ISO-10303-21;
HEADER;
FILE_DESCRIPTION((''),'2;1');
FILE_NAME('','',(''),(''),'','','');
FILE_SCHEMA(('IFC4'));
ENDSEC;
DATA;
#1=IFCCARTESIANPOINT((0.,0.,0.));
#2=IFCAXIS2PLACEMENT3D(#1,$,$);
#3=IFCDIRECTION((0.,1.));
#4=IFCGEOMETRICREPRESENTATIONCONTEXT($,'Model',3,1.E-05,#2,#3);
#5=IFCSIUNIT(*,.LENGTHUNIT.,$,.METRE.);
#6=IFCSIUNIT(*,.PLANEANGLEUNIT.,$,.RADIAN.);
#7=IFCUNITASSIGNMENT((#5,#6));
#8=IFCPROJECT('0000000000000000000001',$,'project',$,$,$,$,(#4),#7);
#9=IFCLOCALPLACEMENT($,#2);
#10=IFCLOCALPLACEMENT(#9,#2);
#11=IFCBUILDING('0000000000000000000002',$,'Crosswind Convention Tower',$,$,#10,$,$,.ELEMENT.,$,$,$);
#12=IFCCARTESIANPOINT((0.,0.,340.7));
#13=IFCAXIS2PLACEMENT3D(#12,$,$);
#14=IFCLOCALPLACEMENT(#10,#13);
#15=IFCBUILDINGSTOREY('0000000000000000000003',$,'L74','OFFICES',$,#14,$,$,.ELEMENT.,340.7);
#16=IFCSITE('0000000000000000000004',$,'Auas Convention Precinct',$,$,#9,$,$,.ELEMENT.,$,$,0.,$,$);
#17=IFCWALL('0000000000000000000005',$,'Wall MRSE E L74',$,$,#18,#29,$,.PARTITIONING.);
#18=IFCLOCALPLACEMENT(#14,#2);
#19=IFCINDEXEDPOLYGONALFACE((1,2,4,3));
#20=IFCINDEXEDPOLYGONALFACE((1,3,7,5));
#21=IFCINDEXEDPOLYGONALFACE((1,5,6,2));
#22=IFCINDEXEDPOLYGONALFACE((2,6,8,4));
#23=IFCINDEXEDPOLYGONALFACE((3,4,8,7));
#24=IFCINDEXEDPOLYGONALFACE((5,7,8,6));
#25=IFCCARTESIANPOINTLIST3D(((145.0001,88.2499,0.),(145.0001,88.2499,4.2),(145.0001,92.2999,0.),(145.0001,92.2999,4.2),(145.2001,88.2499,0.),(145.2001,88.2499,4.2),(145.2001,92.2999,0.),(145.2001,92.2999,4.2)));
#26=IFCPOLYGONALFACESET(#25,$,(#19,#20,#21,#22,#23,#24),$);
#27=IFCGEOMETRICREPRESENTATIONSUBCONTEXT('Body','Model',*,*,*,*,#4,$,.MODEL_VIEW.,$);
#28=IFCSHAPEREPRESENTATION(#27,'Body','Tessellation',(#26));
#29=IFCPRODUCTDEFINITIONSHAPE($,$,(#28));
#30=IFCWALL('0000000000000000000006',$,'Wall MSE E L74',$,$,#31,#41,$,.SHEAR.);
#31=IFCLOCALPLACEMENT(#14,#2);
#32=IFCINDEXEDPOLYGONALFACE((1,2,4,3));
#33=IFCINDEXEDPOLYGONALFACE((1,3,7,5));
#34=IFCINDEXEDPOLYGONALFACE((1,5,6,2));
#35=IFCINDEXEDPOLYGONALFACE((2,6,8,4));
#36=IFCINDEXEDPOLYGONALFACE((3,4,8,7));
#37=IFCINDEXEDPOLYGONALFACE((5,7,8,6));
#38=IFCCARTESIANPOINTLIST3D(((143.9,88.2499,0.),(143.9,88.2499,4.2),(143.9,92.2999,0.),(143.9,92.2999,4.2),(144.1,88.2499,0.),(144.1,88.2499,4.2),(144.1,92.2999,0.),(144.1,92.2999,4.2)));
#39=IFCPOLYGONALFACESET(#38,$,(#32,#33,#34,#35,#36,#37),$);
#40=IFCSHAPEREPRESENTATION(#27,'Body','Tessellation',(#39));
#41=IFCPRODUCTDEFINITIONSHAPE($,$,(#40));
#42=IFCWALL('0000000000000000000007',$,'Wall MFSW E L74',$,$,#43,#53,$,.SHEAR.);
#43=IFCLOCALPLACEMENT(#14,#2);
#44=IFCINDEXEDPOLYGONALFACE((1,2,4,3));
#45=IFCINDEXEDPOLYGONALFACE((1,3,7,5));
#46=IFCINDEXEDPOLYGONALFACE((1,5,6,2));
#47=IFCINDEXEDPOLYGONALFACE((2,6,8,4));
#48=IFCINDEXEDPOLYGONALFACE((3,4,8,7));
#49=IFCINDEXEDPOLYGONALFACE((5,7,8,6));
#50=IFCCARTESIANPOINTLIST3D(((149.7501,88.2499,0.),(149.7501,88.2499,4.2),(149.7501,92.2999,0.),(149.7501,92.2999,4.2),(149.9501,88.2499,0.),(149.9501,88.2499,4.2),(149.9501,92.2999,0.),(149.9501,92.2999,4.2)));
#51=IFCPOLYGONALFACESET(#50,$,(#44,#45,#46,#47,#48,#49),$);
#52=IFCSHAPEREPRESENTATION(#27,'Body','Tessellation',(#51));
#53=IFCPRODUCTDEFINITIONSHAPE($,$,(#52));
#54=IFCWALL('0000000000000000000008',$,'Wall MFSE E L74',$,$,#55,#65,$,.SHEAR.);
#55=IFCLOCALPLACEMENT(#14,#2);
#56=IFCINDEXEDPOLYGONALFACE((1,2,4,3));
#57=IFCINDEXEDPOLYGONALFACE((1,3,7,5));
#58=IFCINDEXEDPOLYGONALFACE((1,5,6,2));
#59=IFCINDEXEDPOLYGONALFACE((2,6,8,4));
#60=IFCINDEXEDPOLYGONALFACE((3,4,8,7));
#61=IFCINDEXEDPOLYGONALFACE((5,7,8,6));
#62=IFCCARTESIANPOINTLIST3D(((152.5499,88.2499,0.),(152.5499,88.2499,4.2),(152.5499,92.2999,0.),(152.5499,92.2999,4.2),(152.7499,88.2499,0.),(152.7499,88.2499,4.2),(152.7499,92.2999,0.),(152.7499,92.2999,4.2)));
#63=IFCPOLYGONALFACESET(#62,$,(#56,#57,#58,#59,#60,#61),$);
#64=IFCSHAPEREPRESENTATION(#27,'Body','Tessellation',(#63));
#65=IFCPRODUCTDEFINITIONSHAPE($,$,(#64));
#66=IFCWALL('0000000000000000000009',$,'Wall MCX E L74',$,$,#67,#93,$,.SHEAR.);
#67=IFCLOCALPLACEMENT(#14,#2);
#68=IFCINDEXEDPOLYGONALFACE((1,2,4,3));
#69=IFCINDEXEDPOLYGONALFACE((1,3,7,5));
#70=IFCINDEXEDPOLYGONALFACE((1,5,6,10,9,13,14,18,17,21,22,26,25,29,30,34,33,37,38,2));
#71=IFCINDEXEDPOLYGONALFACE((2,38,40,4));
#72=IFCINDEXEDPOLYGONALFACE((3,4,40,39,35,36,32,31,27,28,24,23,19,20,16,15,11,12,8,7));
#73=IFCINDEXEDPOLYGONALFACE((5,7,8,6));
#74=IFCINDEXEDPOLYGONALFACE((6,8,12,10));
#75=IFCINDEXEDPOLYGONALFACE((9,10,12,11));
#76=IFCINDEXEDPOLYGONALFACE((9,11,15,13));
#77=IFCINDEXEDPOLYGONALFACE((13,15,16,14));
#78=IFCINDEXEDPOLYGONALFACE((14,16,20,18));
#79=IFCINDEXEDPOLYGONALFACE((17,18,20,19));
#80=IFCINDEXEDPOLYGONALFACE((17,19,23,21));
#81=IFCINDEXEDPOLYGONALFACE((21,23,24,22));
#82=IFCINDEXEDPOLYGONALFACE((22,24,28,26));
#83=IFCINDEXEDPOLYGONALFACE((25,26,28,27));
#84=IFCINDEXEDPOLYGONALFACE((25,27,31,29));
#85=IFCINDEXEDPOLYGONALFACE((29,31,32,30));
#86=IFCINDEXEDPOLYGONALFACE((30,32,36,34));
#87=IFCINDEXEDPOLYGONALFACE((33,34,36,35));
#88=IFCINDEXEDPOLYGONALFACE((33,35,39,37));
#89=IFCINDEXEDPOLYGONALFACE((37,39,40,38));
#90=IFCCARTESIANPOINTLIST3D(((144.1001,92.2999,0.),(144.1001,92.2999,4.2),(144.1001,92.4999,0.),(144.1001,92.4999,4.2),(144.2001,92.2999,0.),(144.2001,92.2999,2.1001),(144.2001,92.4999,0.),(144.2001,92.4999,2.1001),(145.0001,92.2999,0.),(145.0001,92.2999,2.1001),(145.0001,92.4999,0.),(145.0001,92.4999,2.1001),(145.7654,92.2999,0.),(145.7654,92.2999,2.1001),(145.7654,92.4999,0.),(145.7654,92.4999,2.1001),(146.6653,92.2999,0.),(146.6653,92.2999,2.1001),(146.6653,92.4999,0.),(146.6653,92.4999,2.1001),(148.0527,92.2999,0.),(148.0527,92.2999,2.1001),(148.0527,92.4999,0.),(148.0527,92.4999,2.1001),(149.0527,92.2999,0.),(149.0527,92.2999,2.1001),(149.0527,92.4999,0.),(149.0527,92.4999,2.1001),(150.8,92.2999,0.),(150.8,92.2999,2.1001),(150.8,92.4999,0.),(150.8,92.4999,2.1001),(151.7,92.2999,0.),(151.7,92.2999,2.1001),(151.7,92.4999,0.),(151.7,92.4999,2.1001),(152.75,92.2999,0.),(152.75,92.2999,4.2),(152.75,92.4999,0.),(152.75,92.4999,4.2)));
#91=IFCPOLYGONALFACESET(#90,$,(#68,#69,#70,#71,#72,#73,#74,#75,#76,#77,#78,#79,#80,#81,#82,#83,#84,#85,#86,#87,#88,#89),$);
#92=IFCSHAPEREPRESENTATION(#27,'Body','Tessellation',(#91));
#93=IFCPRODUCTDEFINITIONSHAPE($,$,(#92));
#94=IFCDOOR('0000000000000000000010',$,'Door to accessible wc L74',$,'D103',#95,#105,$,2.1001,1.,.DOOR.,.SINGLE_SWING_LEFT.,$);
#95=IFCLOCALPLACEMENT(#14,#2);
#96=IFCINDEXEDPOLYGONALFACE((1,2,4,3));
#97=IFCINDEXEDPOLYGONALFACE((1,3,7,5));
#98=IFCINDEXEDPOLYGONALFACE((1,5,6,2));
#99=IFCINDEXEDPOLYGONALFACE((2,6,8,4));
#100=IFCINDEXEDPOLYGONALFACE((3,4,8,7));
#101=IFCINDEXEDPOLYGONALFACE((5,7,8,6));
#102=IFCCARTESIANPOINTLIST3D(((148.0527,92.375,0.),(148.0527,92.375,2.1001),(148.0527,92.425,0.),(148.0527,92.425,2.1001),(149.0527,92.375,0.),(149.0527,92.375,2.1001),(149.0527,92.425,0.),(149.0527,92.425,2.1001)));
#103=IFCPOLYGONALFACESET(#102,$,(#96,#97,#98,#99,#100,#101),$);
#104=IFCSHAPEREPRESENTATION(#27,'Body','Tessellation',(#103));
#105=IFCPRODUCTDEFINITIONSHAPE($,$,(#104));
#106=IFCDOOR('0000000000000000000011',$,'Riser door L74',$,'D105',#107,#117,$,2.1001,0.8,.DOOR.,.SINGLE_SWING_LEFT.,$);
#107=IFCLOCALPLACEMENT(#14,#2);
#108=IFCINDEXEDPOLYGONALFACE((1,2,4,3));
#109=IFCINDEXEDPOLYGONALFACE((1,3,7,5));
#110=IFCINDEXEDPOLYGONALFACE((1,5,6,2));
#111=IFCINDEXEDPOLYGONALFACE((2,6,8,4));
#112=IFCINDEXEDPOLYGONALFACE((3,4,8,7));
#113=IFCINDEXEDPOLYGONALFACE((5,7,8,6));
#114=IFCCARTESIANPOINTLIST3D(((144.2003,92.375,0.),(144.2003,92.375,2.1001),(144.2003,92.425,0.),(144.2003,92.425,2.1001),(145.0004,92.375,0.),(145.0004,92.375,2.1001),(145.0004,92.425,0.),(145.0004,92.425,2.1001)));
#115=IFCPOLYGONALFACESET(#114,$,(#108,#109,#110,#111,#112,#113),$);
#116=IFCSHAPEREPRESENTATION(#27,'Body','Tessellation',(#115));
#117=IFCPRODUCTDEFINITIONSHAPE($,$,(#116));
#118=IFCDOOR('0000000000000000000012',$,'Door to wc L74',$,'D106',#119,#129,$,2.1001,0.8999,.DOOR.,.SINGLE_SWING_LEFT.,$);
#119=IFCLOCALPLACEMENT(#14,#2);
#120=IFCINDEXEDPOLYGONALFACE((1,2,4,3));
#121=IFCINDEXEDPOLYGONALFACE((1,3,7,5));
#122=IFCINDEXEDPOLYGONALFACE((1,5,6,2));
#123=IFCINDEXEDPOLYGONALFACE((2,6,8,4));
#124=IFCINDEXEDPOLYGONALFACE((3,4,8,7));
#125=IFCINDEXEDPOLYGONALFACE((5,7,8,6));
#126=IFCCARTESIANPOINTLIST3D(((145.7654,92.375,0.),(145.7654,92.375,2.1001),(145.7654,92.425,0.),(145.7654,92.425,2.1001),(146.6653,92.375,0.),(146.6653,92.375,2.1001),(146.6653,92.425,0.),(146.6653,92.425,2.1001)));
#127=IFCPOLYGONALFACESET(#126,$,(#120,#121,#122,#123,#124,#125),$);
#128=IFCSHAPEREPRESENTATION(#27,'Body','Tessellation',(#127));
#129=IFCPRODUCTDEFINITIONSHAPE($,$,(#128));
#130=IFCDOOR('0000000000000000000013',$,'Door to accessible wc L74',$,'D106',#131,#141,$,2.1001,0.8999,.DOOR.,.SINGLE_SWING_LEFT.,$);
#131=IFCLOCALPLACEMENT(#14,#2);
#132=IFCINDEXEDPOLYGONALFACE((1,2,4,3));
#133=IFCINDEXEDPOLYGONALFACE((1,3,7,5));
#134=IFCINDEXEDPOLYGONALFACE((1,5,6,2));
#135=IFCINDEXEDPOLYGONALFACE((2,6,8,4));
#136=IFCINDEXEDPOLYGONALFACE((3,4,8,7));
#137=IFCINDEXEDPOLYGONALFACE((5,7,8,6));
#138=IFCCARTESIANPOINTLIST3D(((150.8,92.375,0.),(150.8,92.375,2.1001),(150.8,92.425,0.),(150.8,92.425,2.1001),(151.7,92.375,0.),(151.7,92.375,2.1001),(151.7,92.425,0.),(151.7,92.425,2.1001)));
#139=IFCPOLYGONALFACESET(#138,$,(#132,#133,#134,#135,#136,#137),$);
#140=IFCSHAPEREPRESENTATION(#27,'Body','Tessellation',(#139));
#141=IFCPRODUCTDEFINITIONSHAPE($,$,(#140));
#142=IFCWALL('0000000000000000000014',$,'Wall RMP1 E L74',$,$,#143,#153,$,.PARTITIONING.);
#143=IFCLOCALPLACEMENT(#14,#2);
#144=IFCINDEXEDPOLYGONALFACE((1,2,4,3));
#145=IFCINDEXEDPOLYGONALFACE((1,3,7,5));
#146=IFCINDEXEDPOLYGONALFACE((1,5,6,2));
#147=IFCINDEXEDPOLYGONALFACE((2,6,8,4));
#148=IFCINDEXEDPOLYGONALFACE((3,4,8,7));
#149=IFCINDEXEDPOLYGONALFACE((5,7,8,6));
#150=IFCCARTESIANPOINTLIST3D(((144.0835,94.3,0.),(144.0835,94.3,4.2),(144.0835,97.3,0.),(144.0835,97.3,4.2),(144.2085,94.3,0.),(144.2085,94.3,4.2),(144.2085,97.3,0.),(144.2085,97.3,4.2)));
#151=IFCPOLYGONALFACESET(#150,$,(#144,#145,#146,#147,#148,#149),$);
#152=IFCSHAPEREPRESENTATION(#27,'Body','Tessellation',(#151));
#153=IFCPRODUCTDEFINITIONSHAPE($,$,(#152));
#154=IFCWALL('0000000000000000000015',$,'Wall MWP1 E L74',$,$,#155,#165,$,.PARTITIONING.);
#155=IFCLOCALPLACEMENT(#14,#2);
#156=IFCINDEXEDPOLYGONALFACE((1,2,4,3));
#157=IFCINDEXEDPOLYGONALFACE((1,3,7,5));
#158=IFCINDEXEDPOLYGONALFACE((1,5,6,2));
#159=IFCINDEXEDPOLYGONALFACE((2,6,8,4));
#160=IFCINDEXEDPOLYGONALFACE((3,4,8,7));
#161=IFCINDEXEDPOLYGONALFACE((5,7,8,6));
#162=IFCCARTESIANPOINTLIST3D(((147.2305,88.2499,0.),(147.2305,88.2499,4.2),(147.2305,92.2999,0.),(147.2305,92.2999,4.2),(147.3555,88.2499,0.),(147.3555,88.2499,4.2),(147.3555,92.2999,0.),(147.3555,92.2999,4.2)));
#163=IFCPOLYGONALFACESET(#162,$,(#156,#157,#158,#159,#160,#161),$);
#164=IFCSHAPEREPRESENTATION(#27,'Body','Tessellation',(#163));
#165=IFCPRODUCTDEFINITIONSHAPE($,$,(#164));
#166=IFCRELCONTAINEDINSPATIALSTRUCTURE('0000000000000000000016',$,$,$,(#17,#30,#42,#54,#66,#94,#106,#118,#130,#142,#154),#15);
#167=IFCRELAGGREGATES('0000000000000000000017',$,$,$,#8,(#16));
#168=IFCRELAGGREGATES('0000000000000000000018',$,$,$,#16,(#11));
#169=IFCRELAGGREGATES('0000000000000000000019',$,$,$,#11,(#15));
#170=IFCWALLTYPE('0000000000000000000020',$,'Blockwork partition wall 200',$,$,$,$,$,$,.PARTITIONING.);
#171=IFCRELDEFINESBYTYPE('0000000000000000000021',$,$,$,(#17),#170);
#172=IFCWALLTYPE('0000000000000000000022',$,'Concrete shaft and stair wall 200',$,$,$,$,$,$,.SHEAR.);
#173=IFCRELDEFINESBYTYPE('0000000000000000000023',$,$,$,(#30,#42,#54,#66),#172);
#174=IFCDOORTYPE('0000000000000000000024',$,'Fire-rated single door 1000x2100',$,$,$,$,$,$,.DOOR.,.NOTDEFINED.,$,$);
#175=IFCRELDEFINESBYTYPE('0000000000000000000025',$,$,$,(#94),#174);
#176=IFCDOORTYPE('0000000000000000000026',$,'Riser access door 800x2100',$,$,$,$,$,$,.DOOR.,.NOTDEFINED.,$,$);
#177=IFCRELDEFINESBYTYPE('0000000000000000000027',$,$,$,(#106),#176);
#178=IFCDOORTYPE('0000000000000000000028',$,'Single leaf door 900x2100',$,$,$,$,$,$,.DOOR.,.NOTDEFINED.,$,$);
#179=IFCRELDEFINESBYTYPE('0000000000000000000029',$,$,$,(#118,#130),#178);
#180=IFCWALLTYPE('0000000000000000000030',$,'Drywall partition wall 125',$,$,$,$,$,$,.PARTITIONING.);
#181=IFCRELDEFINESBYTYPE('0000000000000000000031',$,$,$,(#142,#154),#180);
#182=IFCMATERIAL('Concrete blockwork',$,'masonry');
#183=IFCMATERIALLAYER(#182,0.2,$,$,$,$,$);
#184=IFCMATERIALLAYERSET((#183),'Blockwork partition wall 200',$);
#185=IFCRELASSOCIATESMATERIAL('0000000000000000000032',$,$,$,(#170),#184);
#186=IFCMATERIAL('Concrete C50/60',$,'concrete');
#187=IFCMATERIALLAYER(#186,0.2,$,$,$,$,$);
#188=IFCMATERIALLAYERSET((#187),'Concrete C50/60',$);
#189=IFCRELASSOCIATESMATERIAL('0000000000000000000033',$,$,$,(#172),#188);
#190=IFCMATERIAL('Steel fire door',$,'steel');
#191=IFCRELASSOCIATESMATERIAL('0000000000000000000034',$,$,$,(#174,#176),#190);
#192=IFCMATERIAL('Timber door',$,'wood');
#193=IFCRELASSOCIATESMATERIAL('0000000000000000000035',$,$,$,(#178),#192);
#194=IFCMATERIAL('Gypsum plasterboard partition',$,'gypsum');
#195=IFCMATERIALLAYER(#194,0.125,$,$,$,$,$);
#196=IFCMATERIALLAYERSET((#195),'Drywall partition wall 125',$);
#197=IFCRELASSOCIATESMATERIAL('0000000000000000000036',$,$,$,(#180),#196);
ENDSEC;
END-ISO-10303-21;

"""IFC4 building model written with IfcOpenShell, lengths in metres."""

from ifc_helpers import new_model, si_unit, direction, frame, frame_2d, origin, place, context, subcontext, project, spatial, rectangle, extrude, material, layer, layer_set, type_object, element, fill, save


model = new_model("IFC4")

# Units and contexts
model_context = context("Model", 3, precision=1e-05, world=origin(), true_north=direction((0.0, 1.0)))
body_context = subcontext(model_context, "Body", "Model", "MODEL_VIEW")
ifc_project = project(units=[si_unit("LENGTHUNIT", "METRE"), si_unit("PLANEANGLEUNIT", "RADIAN")], contexts=[model_context])

# Site, building, storey
site_placement = place(None, origin())
site = spatial("IfcSite", under=ifc_project, at=site_placement, Name="Auas Convention Precinct", CompositionType="ELEMENT", RefElevation=0.0)
building_placement = place(site_placement, origin())
building = spatial("IfcBuilding", under=site, at=building_placement, Name="Crosswind Convention Tower", CompositionType="ELEMENT")
storey_placement = place(building_placement, frame((0.0, 0.0, 340.7)))
storey = spatial("IfcBuildingStorey", under=building, at=storey_placement, Name="L74", Description="OFFICES", CompositionType="ELEMENT", Elevation=340.7)

# Walls
ifc_material_1 = material(Name="Concrete blockwork", Category="masonry")
ifc_layer_1 = layer(ifc_material_1, 0.2)
ifc_layer_set_1 = layer_set([ifc_layer_1], Name="Blockwork partition wall 200")
wall_type_1 = type_object("IfcWallType", Name="Blockwork partition wall 200", PredefinedType="PARTITIONING", material=ifc_layer_set_1)
wall_1_placement = place(storey_placement, frame((145.1001, 88.25, 0.0), z_axis=(0.0, 0.0, 1.0), x_axis=(0.0, 1.0, 0.0)))
element("IfcWall", 1, at=wall_1_placement, inside=storey, type_object=wall_type_1, Name="Wall MRSE E L74", PredefinedType="PARTITIONING", context=body_context, shape_type="SweptSolid", body=[
    extrude(rectangle(XDim=4.05, YDim=0.2, at=frame_2d((2.0249, 0.0))), origin(), (0.0, 0.0, 1.0), 4.2),
])
ifc_material_2 = material(Name="Concrete C50/60", Category="concrete")
ifc_layer_2 = layer(ifc_material_2, 0.2)
ifc_layer_set_2 = layer_set([ifc_layer_2], Name="Concrete C50/60")
wall_type_2 = type_object("IfcWallType", Name="Concrete shaft and stair wall 200", PredefinedType="SHEAR", material=ifc_layer_set_2)
for number, where, z_axis, x_axis, name in (
    (2, (144.0, 88.25, 0.0), (0.0, 0.0, 1.0), (0.0, 1.0, 0.0), "Wall MSE E L74"),
    (3, (149.8501, 88.25, 0.0), (0.0, 0.0, 1.0), (0.0, 1.0, 0.0), "Wall MFSW E L74"),
    (4, (152.6499, 88.25, 0.0), (0.0, 0.0, 1.0), (0.0, 1.0, 0.0), "Wall MFSE E L74"),
):
    element("IfcWall", number, at=place(storey_placement, frame(where, z_axis=z_axis, x_axis=x_axis)), inside=storey, type_object=wall_type_2, Name=name, PredefinedType="SHEAR", context=body_context, shape_type="SweptSolid", body=[
        extrude(rectangle(XDim=4.05, YDim=0.2, at=frame_2d((2.0249, 0.0))), origin(), (0.0, 0.0, 1.0), 4.2),
    ])

# Wall, openings, doors
wall_2_placement = place(storey_placement, frame((144.1001, 92.3999, 0.0), z_axis=(0.0, 0.0, 1.0), x_axis=(1.0, 0.0, 0.0)))
wall_2 = element("IfcWall", 5, at=wall_2_placement, inside=storey, type_object=wall_type_2, Name="Wall MCX E L74", PredefinedType="SHEAR", context=body_context, shape_type="SweptSolid", body=[
    extrude(rectangle(XDim=8.6499, YDim=0.2, at=frame_2d((4.325, 0.0))), origin(), (0.0, 0.0, 1.0), 4.2),
])
opening_1_placement = place(wall_2_placement, frame((0.1001, 0.0, 0.0)))
opening_1 = element("IfcOpeningElement", 6, at=opening_1_placement, cuts=wall_2, PredefinedType="OPENING", context=body_context, shape_type="SweptSolid", body=[
    extrude(rectangle(XDim=0.8, YDim=2.1001, at=frame_2d((0.3999, 1.05))), frame((0.0, 0.1099, 0.0), z_axis=(0.0, -1.0, 0.0), x_axis=(1.0, 0.0, 0.0)), (0.0, 0.0, 1.0), 0.22),
])
opening_2_placement = place(wall_2_placement, frame((1.6653, 0.0, 0.0)))
opening_2 = element("IfcOpeningElement", 7, at=opening_2_placement, cuts=wall_2, PredefinedType="OPENING", context=body_context, shape_type="SweptSolid", body=[
    extrude(rectangle(XDim=0.8999, YDim=2.1001, at=frame_2d((0.45, 1.05))), frame((0.0, 0.1099, 0.0), z_axis=(0.0, -1.0, 0.0), x_axis=(1.0, 0.0, 0.0)), (0.0, 0.0, 1.0), 0.22),
])
opening_3_placement = place(wall_2_placement, frame((3.9526, 0.0, 0.0)))
opening_3 = element("IfcOpeningElement", 8, at=opening_3_placement, cuts=wall_2, PredefinedType="OPENING", context=body_context, shape_type="SweptSolid", body=[
    extrude(rectangle(XDim=1.0, YDim=2.1001, at=frame_2d((0.5, 1.05))), frame((0.0, 0.1099, 0.0), z_axis=(0.0, -1.0, 0.0), x_axis=(1.0, 0.0, 0.0)), (0.0, 0.0, 1.0), 0.22),
])
opening_4_placement = place(wall_2_placement, frame((6.7, 0.0, 0.0)))
opening_4 = element("IfcOpeningElement", 9, at=opening_4_placement, cuts=wall_2, PredefinedType="OPENING", context=body_context, shape_type="SweptSolid", body=[
    extrude(rectangle(XDim=0.8999, YDim=2.1001, at=frame_2d((0.45, 1.05))), frame((0.0, 0.1099, 0.0), z_axis=(0.0, -1.0, 0.0), x_axis=(1.0, 0.0, 0.0)), (0.0, 0.0, 1.0), 0.22),
])
ifc_material_3 = material(Name="Steel fire door", Category="steel")
door_type_1 = type_object("IfcDoorType", Name="Fire-rated single door 1000x2100", OperationType="NOTDEFINED", PredefinedType="DOOR", material=ifc_material_3)
door_1_placement = place(opening_3_placement, frame((1.0, 0.0, 0.0), z_axis=(0.0, 0.0, 1.0), x_axis=(-1.0, 0.0, 0.0)))
door_1 = element("IfcDoor", 10, at=door_1_placement, inside=storey, type_object=door_type_1, Name="Door to accessible wc L74", ObjectType="D103", OperationType="SINGLE_SWING_LEFT", OverallHeight=2.1001, OverallWidth=1.0, PredefinedType="DOOR", context=body_context, shape_type="SweptSolid", body=[
    extrude(rectangle(XDim=1.0, YDim=2.1001, at=frame_2d((0.5, 1.05))), frame((0.0, 0.0249, 0.0), z_axis=(0.0, -1.0, 0.0), x_axis=(1.0, 0.0, 0.0)), (0.0, 0.0, 1.0), 0.05),
])
fill(opening_3, door_1)
door_type_2 = type_object("IfcDoorType", Name="Riser access door 800x2100", OperationType="NOTDEFINED", PredefinedType="DOOR", material=ifc_material_3)
door_2_placement = place(opening_1_placement, frame((0.8, 0.0, 0.0), z_axis=(0.0, 0.0, 1.0), x_axis=(-1.0, 0.0, 0.0)))
door_2 = element("IfcDoor", 11, at=door_2_placement, inside=storey, type_object=door_type_2, Name="Riser door L74", ObjectType="D105", OperationType="SINGLE_SWING_LEFT", OverallHeight=2.1001, OverallWidth=0.8, PredefinedType="DOOR", context=body_context, shape_type="SweptSolid", body=[
    extrude(rectangle(XDim=0.8, YDim=2.1001, at=frame_2d((0.3999, 1.05))), frame((0.0, 0.0249, 0.0), z_axis=(0.0, -1.0, 0.0), x_axis=(1.0, 0.0, 0.0)), (0.0, 0.0, 1.0), 0.05),
])
fill(opening_1, door_2)
ifc_material_4 = material(Name="Timber door", Category="wood")
door_type_3 = type_object("IfcDoorType", Name="Single leaf door 900x2100", OperationType="NOTDEFINED", PredefinedType="DOOR", material=ifc_material_4)
door_3_placement = place(opening_2_placement, frame((0.8999, 0.0, 0.0), z_axis=(0.0, 0.0, 1.0), x_axis=(-1.0, 0.0, 0.0)))
door_3 = element("IfcDoor", 12, at=door_3_placement, inside=storey, type_object=door_type_3, Name="Door to wc L74", ObjectType="D106", OperationType="SINGLE_SWING_LEFT", OverallHeight=2.1001, OverallWidth=0.8999, PredefinedType="DOOR", context=body_context, shape_type="SweptSolid", body=[
    extrude(rectangle(XDim=0.8999, YDim=2.1001, at=frame_2d((0.45, 1.05))), frame((0.0, 0.0249, 0.0), z_axis=(0.0, -1.0, 0.0), x_axis=(1.0, 0.0, 0.0)), (0.0, 0.0, 1.0), 0.05),
])
fill(opening_2, door_3)
door_4_placement = place(opening_4_placement, frame((0.8999, 0.0, 0.0), z_axis=(0.0, 0.0, 1.0), x_axis=(-1.0, 0.0, 0.0)))
door_4 = element("IfcDoor", 13, at=door_4_placement, inside=storey, type_object=door_type_3, Name="Door to accessible wc L74", ObjectType="D106", OperationType="SINGLE_SWING_LEFT", OverallHeight=2.1001, OverallWidth=0.8999, PredefinedType="DOOR", context=body_context, shape_type="SweptSolid", body=[
    extrude(rectangle(XDim=0.8999, YDim=2.1001, at=frame_2d((0.45, 1.05))), frame((0.0, 0.0249, 0.0), z_axis=(0.0, -1.0, 0.0), x_axis=(1.0, 0.0, 0.0)), (0.0, 0.0, 1.0), 0.05),
])
fill(opening_4, door_4)

# Walls
ifc_material_5 = material(Name="Gypsum plasterboard partition", Category="gypsum")
ifc_layer_3 = layer(ifc_material_5, 0.125)
ifc_layer_set_3 = layer_set([ifc_layer_3], Name="Drywall partition wall 125")
wall_type_3 = type_object("IfcWallType", Name="Drywall partition wall 125", PredefinedType="PARTITIONING", material=ifc_layer_set_3)
wall_3_placement = place(storey_placement, frame((144.146, 94.3, 0.0), z_axis=(0.0, 0.0, 1.0), x_axis=(0.0, 1.0, 0.0)))
element("IfcWall", 14, at=wall_3_placement, inside=storey, type_object=wall_type_3, Name="Wall RMP1 E L74", PredefinedType="PARTITIONING", context=body_context, shape_type="SweptSolid", body=[
    extrude(rectangle(XDim=3.0, YDim=0.125, at=frame_2d((1.5, 0.0))), origin(), (0.0, 0.0, 1.0), 4.2),
])
wall_4_placement = place(storey_placement, frame((147.293, 88.25, 0.0), z_axis=(0.0, 0.0, 1.0), x_axis=(0.0, 1.0, 0.0)))
element("IfcWall", 15, at=wall_4_placement, inside=storey, type_object=wall_type_3, Name="Wall MWP1 E L74", PredefinedType="PARTITIONING", context=body_context, shape_type="SweptSolid", body=[
    extrude(rectangle(XDim=4.05, YDim=0.125, at=frame_2d((2.0249, 0.0))), origin(), (0.0, 0.0, 1.0), 4.2),
])

save(model, "model.ifc")
